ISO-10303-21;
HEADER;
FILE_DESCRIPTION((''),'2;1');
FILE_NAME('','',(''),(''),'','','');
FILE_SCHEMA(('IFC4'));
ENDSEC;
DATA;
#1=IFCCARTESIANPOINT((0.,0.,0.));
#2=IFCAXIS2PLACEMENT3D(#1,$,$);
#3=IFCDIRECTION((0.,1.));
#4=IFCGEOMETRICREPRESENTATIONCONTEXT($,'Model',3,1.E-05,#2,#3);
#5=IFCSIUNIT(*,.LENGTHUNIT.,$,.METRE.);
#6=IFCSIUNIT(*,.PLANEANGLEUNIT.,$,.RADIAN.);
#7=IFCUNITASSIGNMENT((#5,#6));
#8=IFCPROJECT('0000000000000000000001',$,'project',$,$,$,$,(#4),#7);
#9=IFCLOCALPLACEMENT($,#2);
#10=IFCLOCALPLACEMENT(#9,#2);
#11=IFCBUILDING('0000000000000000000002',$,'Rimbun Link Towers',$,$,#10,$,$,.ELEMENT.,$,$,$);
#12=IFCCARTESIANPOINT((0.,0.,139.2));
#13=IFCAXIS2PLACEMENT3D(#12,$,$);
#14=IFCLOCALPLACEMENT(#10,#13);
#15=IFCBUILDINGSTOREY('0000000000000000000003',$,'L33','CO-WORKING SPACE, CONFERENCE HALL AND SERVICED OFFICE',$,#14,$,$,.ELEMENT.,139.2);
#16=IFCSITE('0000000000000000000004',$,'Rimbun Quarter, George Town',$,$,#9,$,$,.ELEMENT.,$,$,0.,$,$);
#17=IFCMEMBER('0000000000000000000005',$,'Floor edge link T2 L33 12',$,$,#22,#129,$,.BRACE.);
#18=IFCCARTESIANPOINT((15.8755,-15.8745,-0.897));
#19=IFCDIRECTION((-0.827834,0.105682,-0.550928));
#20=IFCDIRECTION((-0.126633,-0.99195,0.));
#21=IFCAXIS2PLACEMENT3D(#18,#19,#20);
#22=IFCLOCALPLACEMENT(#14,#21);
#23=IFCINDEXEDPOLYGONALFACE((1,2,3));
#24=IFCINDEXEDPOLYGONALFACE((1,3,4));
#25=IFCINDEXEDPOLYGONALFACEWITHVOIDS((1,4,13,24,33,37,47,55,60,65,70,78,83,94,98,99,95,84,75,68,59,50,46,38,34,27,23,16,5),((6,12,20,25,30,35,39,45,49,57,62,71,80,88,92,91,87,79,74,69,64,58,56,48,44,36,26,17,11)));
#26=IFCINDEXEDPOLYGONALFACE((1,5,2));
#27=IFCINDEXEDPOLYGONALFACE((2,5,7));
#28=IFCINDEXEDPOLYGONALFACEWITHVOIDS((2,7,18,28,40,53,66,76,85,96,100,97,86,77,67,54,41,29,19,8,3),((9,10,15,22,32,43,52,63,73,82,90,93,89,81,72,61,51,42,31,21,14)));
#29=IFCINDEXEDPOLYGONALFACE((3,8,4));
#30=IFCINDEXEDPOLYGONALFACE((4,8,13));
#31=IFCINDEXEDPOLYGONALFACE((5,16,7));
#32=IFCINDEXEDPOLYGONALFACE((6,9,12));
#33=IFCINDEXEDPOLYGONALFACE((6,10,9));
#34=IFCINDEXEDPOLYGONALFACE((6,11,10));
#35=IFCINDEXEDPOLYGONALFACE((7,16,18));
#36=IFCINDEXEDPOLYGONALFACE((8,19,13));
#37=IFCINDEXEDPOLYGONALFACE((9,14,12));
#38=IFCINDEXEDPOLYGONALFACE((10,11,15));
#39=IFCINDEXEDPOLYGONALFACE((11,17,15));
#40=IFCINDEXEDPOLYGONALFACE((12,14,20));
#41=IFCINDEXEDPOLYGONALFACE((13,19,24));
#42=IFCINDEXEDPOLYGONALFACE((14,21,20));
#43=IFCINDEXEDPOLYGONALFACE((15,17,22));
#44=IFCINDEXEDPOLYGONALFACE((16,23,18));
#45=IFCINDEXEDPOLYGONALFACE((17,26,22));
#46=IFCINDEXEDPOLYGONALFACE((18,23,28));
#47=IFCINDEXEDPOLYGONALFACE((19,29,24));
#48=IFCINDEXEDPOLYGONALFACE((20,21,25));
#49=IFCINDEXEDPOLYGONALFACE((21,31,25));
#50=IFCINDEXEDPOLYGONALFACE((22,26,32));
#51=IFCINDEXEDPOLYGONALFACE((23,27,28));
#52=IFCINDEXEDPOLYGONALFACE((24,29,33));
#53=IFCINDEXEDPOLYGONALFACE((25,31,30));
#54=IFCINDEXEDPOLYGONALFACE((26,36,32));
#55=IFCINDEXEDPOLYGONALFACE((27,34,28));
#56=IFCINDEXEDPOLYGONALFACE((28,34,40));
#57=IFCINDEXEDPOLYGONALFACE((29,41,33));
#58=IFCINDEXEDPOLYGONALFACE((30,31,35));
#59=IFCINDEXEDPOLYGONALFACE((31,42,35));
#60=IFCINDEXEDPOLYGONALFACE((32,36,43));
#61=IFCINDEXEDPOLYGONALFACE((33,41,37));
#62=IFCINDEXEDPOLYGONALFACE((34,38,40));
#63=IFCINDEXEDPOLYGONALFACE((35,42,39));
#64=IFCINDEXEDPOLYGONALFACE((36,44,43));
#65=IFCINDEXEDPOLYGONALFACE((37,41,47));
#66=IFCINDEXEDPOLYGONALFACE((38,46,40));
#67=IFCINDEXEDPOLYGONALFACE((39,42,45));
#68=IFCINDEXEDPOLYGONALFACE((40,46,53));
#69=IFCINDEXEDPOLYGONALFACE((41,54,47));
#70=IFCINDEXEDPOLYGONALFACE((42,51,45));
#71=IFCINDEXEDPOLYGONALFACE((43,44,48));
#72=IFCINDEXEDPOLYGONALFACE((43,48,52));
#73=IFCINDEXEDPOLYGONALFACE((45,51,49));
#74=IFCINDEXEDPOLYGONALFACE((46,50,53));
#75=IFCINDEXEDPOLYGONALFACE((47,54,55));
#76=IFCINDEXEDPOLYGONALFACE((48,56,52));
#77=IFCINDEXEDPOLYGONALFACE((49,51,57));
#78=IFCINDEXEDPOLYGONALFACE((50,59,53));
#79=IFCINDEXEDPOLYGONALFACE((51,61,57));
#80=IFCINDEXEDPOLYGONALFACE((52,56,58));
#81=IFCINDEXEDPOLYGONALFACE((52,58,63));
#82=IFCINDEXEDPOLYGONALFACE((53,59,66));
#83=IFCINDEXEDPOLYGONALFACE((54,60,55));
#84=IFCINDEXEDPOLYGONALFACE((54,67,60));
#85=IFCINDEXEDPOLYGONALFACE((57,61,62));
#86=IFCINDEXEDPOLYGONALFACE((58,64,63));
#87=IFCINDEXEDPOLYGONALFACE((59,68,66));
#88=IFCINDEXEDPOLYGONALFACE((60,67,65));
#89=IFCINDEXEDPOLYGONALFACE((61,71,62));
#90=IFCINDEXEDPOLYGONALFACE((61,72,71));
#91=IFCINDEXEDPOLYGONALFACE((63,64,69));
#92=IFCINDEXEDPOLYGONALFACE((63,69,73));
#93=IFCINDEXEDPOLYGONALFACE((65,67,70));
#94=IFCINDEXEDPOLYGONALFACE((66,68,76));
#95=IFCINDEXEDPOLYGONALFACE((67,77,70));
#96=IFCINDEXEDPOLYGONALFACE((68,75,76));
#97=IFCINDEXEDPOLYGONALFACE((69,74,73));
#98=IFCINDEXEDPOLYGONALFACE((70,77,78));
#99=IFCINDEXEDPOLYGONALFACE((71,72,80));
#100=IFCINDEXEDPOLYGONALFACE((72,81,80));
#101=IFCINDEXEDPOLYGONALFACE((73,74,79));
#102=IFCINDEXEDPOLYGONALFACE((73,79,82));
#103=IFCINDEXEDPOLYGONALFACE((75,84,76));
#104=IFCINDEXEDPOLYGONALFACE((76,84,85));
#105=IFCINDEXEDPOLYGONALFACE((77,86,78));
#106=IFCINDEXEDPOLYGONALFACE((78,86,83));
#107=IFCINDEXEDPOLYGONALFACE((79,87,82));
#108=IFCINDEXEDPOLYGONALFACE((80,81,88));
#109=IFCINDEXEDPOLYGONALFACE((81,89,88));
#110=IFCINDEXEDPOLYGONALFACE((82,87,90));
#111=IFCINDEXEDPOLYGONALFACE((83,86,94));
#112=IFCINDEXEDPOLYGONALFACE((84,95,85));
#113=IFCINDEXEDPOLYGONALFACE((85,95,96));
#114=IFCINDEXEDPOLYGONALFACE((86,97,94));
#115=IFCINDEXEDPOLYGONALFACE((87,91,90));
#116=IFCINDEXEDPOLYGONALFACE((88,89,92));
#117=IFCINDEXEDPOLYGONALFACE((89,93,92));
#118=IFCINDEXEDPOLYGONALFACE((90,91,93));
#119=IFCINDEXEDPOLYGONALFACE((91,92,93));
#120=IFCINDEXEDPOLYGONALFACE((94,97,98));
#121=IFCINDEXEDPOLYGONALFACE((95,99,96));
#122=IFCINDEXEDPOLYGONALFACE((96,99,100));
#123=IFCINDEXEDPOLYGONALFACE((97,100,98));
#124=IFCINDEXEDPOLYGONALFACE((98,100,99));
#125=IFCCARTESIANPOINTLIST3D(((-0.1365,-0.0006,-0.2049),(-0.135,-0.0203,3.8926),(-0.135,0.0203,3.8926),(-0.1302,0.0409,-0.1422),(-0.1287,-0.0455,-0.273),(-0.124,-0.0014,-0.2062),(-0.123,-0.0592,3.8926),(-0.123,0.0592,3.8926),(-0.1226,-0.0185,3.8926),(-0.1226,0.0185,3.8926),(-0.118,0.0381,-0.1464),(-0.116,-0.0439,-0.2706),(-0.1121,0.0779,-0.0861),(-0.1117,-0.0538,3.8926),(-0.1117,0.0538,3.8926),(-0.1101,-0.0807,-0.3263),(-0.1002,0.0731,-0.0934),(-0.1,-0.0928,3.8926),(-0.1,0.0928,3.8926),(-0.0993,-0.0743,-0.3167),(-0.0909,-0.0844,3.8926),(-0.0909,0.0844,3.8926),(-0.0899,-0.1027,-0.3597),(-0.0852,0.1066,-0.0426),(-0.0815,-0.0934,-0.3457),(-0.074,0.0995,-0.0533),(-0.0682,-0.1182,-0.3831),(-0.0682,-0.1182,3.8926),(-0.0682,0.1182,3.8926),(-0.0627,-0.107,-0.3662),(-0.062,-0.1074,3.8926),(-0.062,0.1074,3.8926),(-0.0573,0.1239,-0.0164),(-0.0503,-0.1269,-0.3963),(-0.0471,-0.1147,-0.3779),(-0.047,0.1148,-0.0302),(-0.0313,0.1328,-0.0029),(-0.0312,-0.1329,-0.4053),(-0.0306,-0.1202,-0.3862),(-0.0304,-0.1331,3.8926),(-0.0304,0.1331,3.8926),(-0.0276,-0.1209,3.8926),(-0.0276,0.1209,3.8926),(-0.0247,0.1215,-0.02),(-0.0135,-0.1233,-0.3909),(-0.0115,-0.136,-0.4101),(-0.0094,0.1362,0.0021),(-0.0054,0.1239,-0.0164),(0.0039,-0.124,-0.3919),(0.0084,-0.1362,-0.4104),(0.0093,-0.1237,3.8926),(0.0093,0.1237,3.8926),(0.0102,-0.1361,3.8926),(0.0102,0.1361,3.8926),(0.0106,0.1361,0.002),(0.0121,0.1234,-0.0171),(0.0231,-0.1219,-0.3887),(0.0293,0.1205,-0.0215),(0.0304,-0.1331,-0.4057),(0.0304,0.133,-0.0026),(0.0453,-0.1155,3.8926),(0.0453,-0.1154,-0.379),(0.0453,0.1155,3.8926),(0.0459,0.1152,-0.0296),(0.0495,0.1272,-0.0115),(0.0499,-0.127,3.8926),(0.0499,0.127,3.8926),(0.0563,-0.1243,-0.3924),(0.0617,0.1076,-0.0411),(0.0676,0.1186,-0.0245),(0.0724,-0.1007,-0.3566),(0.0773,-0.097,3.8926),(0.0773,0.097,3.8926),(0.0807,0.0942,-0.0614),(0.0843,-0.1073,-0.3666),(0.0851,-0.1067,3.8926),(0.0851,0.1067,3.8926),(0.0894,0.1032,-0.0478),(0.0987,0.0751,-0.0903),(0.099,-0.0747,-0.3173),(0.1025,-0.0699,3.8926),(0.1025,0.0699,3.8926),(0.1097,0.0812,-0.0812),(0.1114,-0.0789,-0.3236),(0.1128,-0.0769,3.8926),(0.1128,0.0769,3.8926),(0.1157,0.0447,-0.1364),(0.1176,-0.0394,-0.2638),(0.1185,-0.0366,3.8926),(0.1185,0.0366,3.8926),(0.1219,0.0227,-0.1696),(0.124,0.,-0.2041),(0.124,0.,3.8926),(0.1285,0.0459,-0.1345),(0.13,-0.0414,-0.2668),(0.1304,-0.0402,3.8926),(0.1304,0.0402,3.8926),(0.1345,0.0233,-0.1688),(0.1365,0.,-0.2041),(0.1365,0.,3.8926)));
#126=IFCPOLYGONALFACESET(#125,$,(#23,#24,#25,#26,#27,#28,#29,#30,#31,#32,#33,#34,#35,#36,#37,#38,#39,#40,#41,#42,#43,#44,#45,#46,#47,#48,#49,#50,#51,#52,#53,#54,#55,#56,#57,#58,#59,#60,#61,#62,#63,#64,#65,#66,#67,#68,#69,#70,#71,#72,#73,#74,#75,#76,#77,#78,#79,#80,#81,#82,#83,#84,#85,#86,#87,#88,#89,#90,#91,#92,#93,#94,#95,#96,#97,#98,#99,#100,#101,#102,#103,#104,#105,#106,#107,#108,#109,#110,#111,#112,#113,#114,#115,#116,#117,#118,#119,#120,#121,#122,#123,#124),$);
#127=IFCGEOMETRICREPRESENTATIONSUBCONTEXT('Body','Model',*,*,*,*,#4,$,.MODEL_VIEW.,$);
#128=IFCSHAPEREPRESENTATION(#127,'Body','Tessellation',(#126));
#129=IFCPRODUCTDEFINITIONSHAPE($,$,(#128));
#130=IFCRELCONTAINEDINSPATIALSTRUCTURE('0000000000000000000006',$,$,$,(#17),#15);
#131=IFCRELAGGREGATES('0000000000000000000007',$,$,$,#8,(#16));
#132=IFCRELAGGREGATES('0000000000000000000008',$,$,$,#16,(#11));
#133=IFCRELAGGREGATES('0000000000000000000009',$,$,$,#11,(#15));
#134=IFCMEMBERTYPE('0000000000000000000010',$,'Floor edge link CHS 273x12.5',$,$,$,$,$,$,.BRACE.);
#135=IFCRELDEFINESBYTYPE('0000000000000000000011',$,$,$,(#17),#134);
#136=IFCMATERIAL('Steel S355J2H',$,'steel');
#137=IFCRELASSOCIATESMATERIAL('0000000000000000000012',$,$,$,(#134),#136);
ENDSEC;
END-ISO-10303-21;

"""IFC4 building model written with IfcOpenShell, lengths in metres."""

from ifc_helpers import new_model, si_unit, direction, frame, origin, origin_2d, place, context, subcontext, project, spatial, hollow_circle, extrude, clip, halfspace, material, material_profile, profile_set, type_object, element, save


model = new_model("IFC4")

# Units and contexts
model_context = context("Model", 3, precision=1e-05, world=origin(), true_north=direction((0.0, 1.0)))
body_context = subcontext(model_context, "Body", "Model", "MODEL_VIEW")
ifc_project = project(units=[si_unit("LENGTHUNIT", "METRE"), si_unit("PLANEANGLEUNIT", "RADIAN")], contexts=[model_context])

# Site, building, storey
site_placement = place(None, origin())
site = spatial("IfcSite", under=ifc_project, at=site_placement, Name="Rimbun Quarter, George Town", CompositionType="ELEMENT", RefElevation=0.0)
building_placement = place(site_placement, origin())
building = spatial("IfcBuilding", under=site, at=building_placement, Name="Rimbun Link Towers", CompositionType="ELEMENT")
storey_placement = place(building_placement, frame((0.0, 0.0, 139.2)))
storey = spatial("IfcBuildingStorey", under=building, at=storey_placement, Name="L33", Description="CO-WORKING SPACE, CONFERENCE HALL AND SERVICED OFFICE", CompositionType="ELEMENT", Elevation=139.2)

# Member
ifc_material_1 = material(Name="Steel S355J2H", Category="steel")
ifc_material_profile_1 = material_profile(ifc_material_1, hollow_circle(Radius=0.1365, WallThickness=0.0125, at=origin_2d()), Name="CHS 273x12.5")
ifc_profile_set_1 = profile_set([ifc_material_profile_1], Name="Steel S355J2H")
member_type_1 = type_object("IfcMemberType", Name="Floor edge link CHS 273x12.5", PredefinedType="BRACE", material=ifc_profile_set_1)
member_1_placement = place(storey_placement, frame((15.8755, -15.8745, -0.897), z_axis=(-0.827834, 0.105682, -0.550928), x_axis=(-0.126633, -0.99195, 0.0)))
element("IfcMember", 1, at=member_1_placement, inside=storey, type_object=member_type_1, Name="Floor edge link T2 L33 12", PredefinedType="BRACE", context=body_context, shape_type="Clipping", body=[
    clip(extrude(hollow_circle(Radius=0.1365, WallThickness=0.0125, at=origin_2d()), frame((0.0, 0.0, -0.4316)), (0.0, 0.0, 1.0), 4.3242), halfspace(frame((0.0, 0.0, -0.2041), z_axis=(0.0, 0.834553, -0.550928)), False)),
])

save(model, "model.ifc")
